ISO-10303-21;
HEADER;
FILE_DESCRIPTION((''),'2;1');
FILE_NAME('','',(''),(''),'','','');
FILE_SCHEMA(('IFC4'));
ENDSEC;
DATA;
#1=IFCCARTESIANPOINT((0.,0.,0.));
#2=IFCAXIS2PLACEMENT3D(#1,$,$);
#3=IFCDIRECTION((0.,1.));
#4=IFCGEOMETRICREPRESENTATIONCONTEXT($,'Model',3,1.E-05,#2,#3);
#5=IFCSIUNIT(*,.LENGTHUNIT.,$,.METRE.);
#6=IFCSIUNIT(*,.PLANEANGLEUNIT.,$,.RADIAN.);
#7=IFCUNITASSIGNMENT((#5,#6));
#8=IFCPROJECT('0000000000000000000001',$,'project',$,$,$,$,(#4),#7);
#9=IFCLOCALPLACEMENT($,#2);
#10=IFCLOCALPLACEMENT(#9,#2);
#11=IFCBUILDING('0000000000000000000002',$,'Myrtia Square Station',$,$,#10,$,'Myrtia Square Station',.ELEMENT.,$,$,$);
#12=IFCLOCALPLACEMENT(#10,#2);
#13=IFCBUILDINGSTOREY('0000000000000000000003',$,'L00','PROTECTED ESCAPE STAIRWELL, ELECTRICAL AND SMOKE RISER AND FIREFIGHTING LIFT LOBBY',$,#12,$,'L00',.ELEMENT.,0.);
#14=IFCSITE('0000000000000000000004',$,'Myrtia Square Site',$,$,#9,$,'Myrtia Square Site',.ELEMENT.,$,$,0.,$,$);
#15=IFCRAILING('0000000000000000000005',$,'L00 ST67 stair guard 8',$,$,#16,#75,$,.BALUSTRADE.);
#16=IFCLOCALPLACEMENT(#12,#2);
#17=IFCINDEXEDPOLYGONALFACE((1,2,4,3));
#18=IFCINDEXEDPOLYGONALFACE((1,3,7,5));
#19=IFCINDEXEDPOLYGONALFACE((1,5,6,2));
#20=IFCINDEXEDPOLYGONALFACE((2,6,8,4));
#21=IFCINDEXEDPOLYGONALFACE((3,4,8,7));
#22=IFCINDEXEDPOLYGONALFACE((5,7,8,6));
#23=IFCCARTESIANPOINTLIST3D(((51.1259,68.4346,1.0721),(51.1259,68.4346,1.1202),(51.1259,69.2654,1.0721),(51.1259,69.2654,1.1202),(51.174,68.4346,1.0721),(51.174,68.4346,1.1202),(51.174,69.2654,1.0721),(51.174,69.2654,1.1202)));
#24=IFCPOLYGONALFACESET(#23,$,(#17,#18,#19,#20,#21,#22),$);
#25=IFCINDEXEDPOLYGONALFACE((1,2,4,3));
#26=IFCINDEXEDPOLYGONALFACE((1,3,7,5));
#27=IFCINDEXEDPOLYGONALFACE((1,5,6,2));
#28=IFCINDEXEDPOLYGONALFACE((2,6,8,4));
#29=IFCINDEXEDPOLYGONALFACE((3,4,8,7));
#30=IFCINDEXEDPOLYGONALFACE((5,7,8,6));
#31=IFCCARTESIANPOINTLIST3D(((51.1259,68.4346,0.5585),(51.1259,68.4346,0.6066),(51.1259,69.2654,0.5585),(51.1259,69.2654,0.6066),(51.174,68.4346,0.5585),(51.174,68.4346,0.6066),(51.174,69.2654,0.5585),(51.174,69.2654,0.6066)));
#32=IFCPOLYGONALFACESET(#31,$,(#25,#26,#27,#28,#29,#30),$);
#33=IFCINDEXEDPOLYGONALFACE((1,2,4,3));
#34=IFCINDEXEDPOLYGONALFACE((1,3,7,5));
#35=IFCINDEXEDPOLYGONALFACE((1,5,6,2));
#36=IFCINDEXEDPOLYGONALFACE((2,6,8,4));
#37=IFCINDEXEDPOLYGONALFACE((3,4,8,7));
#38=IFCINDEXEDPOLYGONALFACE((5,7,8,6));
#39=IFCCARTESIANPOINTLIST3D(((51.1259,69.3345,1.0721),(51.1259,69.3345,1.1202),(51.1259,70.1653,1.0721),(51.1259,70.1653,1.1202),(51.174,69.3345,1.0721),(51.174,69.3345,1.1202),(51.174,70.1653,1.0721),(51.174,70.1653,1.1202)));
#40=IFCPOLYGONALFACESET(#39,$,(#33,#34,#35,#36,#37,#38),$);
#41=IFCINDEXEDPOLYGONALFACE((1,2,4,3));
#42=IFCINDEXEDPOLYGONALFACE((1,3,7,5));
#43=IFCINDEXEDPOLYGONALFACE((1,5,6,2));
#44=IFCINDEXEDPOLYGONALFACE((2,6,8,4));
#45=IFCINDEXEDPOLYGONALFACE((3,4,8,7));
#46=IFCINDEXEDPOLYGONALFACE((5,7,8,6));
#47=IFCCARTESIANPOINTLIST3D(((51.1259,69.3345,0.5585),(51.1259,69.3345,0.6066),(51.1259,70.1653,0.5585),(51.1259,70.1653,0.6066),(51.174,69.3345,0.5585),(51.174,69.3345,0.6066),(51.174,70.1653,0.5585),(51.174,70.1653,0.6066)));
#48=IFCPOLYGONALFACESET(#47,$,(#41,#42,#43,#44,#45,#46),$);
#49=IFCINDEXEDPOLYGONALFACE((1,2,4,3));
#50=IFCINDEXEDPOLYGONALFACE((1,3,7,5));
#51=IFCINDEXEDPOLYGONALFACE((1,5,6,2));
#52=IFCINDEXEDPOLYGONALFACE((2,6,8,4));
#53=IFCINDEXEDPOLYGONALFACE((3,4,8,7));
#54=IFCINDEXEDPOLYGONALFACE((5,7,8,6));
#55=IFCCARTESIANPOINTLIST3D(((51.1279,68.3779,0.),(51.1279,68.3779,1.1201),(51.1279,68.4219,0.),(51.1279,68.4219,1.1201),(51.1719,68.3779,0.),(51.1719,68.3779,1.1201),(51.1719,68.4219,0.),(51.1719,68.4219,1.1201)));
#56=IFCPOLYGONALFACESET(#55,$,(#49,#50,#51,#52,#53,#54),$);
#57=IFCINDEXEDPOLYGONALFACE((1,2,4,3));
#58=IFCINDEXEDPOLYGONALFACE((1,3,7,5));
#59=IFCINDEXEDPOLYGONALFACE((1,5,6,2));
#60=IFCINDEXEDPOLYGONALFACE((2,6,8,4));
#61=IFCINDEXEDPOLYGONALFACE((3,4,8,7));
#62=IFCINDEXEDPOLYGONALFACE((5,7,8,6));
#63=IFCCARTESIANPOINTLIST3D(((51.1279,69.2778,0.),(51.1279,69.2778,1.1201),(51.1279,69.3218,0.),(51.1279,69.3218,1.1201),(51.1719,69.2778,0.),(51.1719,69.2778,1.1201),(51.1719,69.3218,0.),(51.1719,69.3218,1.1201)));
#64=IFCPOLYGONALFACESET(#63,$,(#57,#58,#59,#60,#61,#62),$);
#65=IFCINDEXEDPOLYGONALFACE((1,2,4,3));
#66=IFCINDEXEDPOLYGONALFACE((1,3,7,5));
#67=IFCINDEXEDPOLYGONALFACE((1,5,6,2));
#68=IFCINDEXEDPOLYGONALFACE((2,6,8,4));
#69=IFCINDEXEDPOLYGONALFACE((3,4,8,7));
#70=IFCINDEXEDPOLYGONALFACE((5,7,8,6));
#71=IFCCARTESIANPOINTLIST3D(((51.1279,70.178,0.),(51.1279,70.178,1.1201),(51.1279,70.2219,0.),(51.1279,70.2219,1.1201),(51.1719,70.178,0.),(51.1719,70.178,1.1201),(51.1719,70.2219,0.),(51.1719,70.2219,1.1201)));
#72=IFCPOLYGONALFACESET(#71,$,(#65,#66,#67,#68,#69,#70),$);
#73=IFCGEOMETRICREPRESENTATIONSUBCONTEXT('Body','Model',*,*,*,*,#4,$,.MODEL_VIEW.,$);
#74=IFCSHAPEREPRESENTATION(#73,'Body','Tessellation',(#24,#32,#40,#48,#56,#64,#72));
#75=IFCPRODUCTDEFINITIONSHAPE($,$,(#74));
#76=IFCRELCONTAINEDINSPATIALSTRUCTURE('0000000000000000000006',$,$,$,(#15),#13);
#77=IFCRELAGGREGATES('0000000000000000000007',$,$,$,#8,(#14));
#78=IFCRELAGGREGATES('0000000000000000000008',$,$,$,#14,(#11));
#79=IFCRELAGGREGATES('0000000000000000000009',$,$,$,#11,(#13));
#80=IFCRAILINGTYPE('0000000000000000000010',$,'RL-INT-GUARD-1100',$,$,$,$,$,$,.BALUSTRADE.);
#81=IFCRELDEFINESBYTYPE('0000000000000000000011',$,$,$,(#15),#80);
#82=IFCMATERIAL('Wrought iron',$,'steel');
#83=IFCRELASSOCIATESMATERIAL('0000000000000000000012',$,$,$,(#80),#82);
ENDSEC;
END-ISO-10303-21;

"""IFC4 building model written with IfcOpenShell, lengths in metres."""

from ifc_helpers import new_model, si_unit, direction, frame, origin, origin_2d, place, context, subcontext, project, spatial, rectangle, extrude, material, type_object, element, save


model = new_model("IFC4")

# Units and contexts
model_context = context("Model", 3, precision=1e-05, world=origin(), true_north=direction((0.0, 1.0)))
body_context = subcontext(model_context, "Body", "Model", "MODEL_VIEW")
ifc_project = project(units=[si_unit("LENGTHUNIT", "METRE"), si_unit("PLANEANGLEUNIT", "RADIAN")], contexts=[model_context])

# Site, building, storey
site_placement = place(None, origin())
site = spatial("IfcSite", under=ifc_project, at=site_placement, Name="Myrtia Square Site", LongName="Myrtia Square Site", CompositionType="ELEMENT", RefElevation=0.0)
building_placement = place(site_placement, origin())
building = spatial("IfcBuilding", under=site, at=building_placement, Name="Myrtia Square Station", LongName="Myrtia Square Station", CompositionType="ELEMENT")
storey_placement = place(building_placement, origin())
storey = spatial("IfcBuildingStorey", under=building, at=storey_placement, Name="L00", Description="PROTECTED ESCAPE STAIRWELL, ELECTRICAL AND SMOKE RISER AND FIREFIGHTING LIFT LOBBY", LongName="L00", CompositionType="ELEMENT", Elevation=0.0)

# Railing
ifc_material_1 = material(Name="Wrought iron", Category="steel")
railing_type_1 = type_object("IfcRailingType", Name="RL-INT-GUARD-1100", PredefinedType="BALUSTRADE", material=ifc_material_1)
railing_1_placement = place(storey_placement, frame((51.1499, 68.3999, 0.0)))
element("IfcRailing", 1, at=railing_1_placement, inside=storey, type_object=railing_type_1, Name="L00 ST67 stair guard 8", PredefinedType="BALUSTRADE", context=body_context, shape_type="SweptSolid", body=[
    extrude(rectangle(XDim=0.0481, YDim=0.0481, at=origin_2d()), frame((0.0, 0.0347, 1.0962), z_axis=(0.0, 1.0, 0.0), x_axis=(-1.0, 0.0, 0.0)), (0.0, 0.0, 1.0), 0.8308),
    extrude(rectangle(XDim=0.0481, YDim=0.0481, at=origin_2d()), frame((0.0, 0.0347, 0.5825), z_axis=(0.0, 1.0, 0.0), x_axis=(-1.0, 0.0, 0.0)), (0.0, 0.0, 1.0), 0.8308),
    extrude(rectangle(XDim=0.0481, YDim=0.0481, at=origin_2d()), frame((0.0, 0.9346, 1.0962), z_axis=(0.0, 1.0, 0.0), x_axis=(-1.0, 0.0, 0.0)), (0.0, 0.0, 1.0), 0.8308),
    extrude(rectangle(XDim=0.0481, YDim=0.0481, at=origin_2d()), frame((0.0, 0.9346, 0.5825), z_axis=(0.0, 1.0, 0.0), x_axis=(-1.0, 0.0, 0.0)), (0.0, 0.0, 1.0), 0.8308),
    extrude(rectangle(XDim=0.0439, YDim=0.0439, at=origin_2d()), origin(), (0.0, 0.0, 1.0), 1.1201),
    extrude(rectangle(XDim=0.0439, YDim=0.0439, at=origin_2d()), frame((0.0, 0.8999, 0.0)), (0.0, 0.0, 1.0), 1.1201),
    extrude(rectangle(XDim=0.0439, YDim=0.0439, at=origin_2d()), frame((0.0, 1.8, 0.0)), (0.0, 0.0, 1.0), 1.1201),
])

save(model, "model.ifc")
